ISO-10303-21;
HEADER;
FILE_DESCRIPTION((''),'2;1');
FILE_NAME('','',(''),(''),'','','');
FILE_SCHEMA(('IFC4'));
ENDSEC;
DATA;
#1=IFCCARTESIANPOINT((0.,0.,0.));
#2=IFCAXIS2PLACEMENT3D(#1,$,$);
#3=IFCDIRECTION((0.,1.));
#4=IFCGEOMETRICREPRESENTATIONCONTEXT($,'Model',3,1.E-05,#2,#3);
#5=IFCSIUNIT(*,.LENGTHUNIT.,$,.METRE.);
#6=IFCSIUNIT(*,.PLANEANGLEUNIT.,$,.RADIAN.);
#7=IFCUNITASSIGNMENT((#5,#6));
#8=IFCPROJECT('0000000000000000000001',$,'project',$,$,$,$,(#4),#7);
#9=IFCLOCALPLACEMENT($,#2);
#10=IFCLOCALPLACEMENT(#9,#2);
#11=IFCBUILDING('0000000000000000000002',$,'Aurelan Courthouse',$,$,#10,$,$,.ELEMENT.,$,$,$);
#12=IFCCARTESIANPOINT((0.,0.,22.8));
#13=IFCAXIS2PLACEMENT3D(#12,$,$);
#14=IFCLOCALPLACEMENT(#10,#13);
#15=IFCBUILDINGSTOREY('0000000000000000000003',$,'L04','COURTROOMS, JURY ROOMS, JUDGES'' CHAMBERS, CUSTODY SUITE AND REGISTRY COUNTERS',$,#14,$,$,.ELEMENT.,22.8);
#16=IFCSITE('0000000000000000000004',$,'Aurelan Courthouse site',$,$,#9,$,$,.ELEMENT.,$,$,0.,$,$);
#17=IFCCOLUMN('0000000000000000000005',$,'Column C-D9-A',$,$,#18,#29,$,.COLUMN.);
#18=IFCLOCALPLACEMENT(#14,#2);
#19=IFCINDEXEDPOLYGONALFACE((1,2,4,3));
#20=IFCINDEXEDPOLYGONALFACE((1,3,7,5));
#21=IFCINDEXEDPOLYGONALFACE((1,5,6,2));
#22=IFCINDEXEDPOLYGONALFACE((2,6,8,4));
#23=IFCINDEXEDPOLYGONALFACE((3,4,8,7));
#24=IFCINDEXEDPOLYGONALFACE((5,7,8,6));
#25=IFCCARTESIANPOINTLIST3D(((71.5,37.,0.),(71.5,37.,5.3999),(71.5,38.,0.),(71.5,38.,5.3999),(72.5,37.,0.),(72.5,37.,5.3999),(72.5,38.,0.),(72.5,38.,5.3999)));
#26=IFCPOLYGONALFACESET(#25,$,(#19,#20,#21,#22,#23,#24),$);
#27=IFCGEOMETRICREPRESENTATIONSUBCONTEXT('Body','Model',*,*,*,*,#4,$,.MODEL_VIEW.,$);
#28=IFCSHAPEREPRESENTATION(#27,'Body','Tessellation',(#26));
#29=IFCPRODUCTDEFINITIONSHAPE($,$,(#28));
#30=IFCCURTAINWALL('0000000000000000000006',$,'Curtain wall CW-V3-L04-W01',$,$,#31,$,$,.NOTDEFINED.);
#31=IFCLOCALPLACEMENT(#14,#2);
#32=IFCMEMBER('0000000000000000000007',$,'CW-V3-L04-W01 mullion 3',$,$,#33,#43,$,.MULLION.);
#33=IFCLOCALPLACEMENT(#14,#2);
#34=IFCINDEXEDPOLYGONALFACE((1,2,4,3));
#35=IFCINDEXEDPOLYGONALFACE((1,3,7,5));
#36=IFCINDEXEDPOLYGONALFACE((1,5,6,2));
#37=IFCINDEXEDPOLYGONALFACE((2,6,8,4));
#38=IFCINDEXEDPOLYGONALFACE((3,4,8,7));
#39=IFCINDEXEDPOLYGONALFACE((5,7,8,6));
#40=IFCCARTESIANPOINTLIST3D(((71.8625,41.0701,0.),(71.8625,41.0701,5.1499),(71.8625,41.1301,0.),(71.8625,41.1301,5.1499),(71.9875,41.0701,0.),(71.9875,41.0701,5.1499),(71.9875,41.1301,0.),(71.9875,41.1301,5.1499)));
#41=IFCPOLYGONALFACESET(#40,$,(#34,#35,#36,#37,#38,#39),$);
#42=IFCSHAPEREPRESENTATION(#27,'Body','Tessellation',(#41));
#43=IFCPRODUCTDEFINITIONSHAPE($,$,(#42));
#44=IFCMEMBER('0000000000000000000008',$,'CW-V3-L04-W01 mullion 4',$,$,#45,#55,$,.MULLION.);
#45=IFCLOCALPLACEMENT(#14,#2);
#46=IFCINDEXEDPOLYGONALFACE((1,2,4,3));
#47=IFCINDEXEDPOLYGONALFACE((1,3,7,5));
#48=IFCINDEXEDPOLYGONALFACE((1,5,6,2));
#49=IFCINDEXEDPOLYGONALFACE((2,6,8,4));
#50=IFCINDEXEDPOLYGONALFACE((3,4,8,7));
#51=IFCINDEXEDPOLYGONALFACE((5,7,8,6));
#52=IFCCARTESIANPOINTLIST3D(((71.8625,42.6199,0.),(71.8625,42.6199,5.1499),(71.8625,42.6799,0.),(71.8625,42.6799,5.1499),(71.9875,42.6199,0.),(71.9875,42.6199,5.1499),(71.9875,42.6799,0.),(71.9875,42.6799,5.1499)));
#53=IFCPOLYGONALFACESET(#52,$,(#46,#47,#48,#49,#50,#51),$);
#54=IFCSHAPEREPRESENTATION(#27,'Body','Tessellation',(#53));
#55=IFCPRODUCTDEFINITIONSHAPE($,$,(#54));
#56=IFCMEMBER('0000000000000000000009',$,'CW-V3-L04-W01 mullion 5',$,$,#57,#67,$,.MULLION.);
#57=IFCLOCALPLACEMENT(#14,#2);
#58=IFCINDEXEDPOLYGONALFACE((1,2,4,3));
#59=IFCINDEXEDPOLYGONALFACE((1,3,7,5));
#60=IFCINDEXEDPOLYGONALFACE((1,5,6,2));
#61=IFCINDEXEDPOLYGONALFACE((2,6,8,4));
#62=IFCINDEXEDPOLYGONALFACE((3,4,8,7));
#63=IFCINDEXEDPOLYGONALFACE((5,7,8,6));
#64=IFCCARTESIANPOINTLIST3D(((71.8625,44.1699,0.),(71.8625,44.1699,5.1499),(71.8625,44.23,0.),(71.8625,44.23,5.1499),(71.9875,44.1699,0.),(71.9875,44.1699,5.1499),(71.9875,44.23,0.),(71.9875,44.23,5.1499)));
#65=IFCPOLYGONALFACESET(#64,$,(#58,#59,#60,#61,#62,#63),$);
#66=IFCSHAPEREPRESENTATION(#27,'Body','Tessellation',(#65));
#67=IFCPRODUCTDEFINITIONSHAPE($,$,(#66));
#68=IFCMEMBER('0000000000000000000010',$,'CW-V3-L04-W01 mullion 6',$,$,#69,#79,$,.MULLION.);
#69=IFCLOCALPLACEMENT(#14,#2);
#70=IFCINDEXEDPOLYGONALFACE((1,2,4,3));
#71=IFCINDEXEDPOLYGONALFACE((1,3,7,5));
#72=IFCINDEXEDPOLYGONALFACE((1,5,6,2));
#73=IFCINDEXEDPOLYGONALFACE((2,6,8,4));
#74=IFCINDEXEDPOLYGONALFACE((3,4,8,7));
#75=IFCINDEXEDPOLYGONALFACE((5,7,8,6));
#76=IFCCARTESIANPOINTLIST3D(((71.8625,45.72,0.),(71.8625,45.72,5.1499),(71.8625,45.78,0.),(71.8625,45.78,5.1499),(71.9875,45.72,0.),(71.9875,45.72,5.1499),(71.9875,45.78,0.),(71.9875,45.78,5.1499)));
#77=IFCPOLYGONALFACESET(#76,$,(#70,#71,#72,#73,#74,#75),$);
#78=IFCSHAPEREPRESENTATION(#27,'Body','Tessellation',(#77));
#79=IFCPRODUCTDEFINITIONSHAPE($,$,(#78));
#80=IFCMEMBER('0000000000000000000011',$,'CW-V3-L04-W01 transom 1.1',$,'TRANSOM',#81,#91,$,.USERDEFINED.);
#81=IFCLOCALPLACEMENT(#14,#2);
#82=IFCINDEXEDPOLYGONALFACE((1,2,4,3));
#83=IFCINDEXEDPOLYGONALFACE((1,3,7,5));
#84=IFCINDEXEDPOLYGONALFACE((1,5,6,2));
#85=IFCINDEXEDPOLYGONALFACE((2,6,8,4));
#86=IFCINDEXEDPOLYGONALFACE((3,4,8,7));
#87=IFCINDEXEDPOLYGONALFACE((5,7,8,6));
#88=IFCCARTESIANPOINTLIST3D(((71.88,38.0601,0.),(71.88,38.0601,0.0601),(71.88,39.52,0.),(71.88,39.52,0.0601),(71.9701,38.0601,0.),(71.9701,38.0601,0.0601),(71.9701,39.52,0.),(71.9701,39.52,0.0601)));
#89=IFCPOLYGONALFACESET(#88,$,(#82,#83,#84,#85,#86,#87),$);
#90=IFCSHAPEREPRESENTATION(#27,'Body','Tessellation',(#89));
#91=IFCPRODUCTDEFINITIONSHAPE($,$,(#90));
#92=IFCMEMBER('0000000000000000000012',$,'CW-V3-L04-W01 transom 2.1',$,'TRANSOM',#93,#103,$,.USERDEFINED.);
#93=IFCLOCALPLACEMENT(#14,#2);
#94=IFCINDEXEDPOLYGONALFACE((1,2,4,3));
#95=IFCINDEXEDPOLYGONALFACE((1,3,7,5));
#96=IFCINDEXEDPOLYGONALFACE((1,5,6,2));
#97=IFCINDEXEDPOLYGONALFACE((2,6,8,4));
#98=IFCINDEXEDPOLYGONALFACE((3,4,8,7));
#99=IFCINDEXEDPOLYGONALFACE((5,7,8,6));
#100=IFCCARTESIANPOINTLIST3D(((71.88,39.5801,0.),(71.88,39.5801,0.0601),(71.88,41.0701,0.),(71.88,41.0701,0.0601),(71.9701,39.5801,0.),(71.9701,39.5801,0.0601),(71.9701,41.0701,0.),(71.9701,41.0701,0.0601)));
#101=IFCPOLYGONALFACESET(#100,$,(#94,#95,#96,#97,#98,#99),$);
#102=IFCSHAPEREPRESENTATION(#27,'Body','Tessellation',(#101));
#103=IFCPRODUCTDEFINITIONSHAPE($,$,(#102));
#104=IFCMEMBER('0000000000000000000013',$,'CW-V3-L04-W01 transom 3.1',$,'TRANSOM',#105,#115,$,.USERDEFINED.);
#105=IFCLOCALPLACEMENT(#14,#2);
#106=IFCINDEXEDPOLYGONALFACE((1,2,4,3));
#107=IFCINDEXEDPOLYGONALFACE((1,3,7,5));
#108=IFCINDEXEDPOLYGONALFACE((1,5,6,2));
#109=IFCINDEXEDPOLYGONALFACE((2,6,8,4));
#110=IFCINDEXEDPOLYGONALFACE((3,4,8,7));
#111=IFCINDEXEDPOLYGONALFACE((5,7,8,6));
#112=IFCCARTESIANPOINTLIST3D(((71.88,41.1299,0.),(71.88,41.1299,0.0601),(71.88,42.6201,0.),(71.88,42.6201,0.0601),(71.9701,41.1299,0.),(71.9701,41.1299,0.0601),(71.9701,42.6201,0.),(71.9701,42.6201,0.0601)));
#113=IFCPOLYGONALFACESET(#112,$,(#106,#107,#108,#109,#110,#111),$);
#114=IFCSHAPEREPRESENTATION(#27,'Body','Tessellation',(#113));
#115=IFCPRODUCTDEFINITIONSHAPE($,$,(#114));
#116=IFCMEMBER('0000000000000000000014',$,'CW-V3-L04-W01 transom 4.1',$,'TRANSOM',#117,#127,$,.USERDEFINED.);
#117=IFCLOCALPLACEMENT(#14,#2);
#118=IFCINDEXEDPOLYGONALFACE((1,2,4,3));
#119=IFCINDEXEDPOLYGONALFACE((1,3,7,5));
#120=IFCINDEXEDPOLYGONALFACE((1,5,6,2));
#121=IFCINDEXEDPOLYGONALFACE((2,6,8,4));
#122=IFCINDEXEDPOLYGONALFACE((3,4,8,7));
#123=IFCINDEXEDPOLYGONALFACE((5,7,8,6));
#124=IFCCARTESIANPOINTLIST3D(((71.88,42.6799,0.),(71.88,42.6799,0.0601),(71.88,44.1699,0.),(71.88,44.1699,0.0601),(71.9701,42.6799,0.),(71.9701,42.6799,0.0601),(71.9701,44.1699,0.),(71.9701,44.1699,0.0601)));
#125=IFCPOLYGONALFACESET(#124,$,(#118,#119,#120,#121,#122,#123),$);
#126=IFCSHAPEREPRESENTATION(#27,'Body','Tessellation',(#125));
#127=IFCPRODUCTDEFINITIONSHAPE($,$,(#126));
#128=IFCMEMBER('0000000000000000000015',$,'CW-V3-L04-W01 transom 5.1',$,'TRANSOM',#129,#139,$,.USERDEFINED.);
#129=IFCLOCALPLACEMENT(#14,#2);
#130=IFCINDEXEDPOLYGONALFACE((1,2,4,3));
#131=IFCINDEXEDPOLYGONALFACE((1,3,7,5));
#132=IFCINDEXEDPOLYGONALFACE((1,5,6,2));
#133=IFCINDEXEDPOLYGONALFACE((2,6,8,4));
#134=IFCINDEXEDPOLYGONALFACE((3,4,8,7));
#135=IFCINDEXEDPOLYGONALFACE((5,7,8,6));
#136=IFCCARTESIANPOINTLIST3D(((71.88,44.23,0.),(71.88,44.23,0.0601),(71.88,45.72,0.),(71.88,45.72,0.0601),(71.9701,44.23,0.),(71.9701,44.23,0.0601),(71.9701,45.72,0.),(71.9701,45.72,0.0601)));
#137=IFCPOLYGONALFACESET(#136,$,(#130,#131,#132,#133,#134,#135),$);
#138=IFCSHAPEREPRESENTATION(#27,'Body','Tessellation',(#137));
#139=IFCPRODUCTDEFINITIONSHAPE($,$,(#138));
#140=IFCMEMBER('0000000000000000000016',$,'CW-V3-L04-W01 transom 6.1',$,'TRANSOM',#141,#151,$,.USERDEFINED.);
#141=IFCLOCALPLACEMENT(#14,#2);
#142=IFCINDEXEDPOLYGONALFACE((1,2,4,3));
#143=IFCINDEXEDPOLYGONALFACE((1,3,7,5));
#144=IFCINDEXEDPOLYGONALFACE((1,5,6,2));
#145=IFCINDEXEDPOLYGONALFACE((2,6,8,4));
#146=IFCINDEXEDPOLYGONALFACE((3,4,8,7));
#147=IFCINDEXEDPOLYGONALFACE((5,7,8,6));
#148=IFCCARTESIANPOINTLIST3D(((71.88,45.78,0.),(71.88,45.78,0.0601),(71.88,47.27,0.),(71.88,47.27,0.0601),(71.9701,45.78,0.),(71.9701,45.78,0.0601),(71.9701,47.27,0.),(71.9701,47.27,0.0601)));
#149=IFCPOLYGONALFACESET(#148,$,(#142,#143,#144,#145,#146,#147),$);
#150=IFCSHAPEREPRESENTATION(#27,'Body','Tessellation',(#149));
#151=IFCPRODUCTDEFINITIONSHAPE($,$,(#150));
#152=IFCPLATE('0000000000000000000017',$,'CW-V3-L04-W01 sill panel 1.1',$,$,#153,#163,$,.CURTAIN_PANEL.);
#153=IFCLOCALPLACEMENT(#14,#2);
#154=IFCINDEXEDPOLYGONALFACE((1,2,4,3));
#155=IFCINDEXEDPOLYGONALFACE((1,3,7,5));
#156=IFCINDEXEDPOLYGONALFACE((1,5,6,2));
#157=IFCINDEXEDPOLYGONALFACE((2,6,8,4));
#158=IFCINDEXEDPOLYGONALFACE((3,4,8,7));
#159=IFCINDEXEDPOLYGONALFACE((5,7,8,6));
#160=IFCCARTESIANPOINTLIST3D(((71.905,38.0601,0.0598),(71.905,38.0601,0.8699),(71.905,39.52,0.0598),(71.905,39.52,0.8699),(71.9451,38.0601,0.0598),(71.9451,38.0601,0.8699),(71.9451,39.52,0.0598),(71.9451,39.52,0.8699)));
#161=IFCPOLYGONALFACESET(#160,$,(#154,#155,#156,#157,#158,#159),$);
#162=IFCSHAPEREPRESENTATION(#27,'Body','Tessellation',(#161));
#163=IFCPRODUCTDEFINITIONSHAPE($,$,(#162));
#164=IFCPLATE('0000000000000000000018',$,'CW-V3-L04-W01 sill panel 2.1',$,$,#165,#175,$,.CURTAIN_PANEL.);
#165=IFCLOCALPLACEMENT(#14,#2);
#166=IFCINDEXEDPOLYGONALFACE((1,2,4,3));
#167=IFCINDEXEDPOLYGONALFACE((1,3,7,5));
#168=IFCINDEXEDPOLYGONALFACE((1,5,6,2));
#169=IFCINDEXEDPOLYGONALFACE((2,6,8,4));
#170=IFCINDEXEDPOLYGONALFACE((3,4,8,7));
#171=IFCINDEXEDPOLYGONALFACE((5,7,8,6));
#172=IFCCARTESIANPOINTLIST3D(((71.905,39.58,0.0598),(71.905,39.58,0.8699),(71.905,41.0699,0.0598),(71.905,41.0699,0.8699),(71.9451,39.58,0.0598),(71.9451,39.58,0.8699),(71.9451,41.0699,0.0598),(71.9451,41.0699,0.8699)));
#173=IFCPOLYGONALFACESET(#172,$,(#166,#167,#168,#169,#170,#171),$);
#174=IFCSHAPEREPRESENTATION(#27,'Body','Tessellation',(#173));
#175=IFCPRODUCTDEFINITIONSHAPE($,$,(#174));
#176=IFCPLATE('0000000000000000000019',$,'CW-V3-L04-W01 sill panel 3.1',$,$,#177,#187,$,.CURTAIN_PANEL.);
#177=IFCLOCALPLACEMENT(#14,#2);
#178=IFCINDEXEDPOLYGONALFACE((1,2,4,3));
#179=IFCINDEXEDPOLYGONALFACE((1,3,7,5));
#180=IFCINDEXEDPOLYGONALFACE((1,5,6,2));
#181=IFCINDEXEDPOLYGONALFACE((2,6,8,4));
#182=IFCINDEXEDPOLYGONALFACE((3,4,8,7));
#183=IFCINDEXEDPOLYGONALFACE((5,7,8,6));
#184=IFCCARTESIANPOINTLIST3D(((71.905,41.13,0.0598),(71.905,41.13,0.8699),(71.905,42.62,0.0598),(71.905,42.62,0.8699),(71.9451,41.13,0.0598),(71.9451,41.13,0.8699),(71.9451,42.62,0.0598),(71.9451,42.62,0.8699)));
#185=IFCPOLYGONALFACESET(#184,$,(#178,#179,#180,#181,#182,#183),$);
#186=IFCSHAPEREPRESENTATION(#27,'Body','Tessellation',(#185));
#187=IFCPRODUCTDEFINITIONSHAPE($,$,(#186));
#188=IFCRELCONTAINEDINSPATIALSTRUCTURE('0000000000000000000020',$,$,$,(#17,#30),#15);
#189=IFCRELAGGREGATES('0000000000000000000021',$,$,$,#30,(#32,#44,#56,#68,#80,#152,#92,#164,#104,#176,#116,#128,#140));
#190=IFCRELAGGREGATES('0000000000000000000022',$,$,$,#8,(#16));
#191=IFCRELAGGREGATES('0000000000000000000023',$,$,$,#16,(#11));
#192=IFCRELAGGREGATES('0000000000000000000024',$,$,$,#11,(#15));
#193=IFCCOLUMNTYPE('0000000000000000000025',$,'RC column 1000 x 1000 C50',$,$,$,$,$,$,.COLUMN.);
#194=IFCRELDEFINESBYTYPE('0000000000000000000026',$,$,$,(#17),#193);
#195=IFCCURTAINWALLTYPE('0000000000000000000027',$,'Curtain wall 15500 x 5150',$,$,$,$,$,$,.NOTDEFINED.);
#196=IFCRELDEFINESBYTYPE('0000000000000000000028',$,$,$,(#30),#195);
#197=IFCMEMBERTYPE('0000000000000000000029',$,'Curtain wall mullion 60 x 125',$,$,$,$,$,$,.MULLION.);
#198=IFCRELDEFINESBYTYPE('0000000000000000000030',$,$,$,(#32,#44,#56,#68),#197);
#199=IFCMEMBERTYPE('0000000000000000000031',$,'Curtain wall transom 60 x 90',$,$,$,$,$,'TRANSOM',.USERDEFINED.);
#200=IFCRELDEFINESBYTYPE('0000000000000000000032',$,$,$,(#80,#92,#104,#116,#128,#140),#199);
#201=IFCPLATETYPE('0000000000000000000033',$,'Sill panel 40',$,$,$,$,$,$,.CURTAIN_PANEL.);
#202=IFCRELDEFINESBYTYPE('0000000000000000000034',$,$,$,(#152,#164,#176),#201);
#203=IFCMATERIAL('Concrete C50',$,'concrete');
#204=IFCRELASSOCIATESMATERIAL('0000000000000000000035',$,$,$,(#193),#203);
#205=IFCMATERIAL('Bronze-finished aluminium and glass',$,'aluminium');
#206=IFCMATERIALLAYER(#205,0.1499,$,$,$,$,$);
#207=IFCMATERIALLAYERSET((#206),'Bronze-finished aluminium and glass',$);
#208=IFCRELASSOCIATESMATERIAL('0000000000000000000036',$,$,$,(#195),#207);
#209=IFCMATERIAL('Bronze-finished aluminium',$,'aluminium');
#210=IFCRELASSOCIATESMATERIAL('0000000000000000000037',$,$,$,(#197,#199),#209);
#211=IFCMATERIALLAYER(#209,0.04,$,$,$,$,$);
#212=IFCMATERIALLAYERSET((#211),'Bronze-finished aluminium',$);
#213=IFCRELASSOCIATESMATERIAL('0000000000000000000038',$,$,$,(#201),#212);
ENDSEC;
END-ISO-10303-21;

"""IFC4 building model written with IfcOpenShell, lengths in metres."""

from ifc_helpers import new_model, si_unit, direction, frame, origin, origin_2d, place, context, subcontext, project, spatial, rectangle, extrude, material, layer, layer_set, material_profile, profile_set, type_object, element, aggregate, save


model = new_model("IFC4")

# Units and contexts
model_context = context("Model", 3, precision=1e-05, world=origin(), true_north=direction((0.0, 1.0)))
body_context = subcontext(model_context, "Body", "Model", "MODEL_VIEW")
ifc_project = project(units=[si_unit("LENGTHUNIT", "METRE"), si_unit("PLANEANGLEUNIT", "RADIAN")], contexts=[model_context])

# Site, building, storey
site_placement = place(None, origin())
site = spatial("IfcSite", under=ifc_project, at=site_placement, Name="Aurelan Courthouse site", CompositionType="ELEMENT", RefElevation=0.0)
building_placement = place(site_placement, origin())
building = spatial("IfcBuilding", under=site, at=building_placement, Name="Aurelan Courthouse", CompositionType="ELEMENT")
storey_placement = place(building_placement, frame((0.0, 0.0, 22.8)))
storey = spatial("IfcBuildingStorey", under=building, at=storey_placement, Name="L04", Description="COURTROOMS, JURY ROOMS, JUDGES' CHAMBERS, CUSTODY SUITE AND REGISTRY COUNTERS", CompositionType="ELEMENT", Elevation=22.8)

# Column
ifc_material_1 = material(Name="Concrete C50", Category="concrete")
ifc_material_profile_1 = material_profile(ifc_material_1, rectangle(XDim=1.0, YDim=1.0, at=origin_2d()), Name="RC 1000 x 1000")
ifc_profile_set_1 = profile_set([ifc_material_profile_1], Name="Concrete C50")
column_type = type_object("IfcColumnType", Name="RC column 1000 x 1000 C50", PredefinedType="COLUMN", material=ifc_profile_set_1)
column_placement = place(storey_placement, frame((72.0, 37.5, 0.0), z_axis=(0.0, 0.0, 1.0), x_axis=(1.0, 0.0, 0.0)))
element("IfcColumn", 1, at=column_placement, inside=storey, type_object=column_type, Name="Column C-D9-A", PredefinedType="COLUMN", context=body_context, shape_type="SweptSolid", body=[
    extrude(rectangle(XDim=1.0, YDim=1.0, at=origin_2d()), origin(), (0.0, 0.0, 1.0), 5.3999),
])

# Curtain wall, members, plates
ifc_material_2 = material(Name="Bronze-finished aluminium and glass", Category="aluminium")
ifc_layer_1 = layer(ifc_material_2, 0.1499)
ifc_layer_set_1 = layer_set([ifc_layer_1], Name="Bronze-finished aluminium and glass")
curtain_wall_type = type_object("IfcCurtainWallType", Name="Curtain wall 15500 x 5150", PredefinedType="NOTDEFINED", material=ifc_layer_set_1)
curtain_wall_placement = place(storey_placement, origin())
curtain_wall = element("IfcCurtainWall", 2, at=curtain_wall_placement, inside=storey, type_object=curtain_wall_type, Name="Curtain wall CW-V3-L04-W01", PredefinedType="NOTDEFINED")
ifc_material_3 = material(Name="Bronze-finished aluminium", Category="aluminium")
ifc_material_profile_2 = material_profile(ifc_material_3, rectangle(XDim=0.125, YDim=0.0601, at=origin_2d()), Name="Bronze mullion 60 x 125")
ifc_profile_set_2 = profile_set([ifc_material_profile_2], Name="Bronze-finished aluminium")
member_type_1 = type_object("IfcMemberType", Name="Curtain wall mullion 60 x 125", PredefinedType="MULLION", material=ifc_profile_set_2)
member_1_placement = place(storey_placement, frame((71.925, 41.1001, 0.0), z_axis=(0.0, 0.0, 1.0), x_axis=(-1.0, 0.0, 0.0)))
member_1 = element("IfcMember", 3, at=member_1_placement, type_object=member_type_1, Name="CW-V3-L04-W01 mullion 3", PredefinedType="MULLION", context=body_context, shape_type="SweptSolid", body=[
    extrude(rectangle(XDim=0.125, YDim=0.0601, at=origin_2d()), origin(), (0.0, 0.0, 1.0), 5.1499),
])
member_2_placement = place(storey_placement, frame((71.925, 42.6499, 0.0), z_axis=(0.0, 0.0, 1.0), x_axis=(-1.0, 0.0, 0.0)))
member_2 = element("IfcMember", 4, at=member_2_placement, type_object=member_type_1, Name="CW-V3-L04-W01 mullion 4", PredefinedType="MULLION", context=body_context, shape_type="SweptSolid", body=[
    extrude(rectangle(XDim=0.125, YDim=0.0601, at=origin_2d()), origin(), (0.0, 0.0, 1.0), 5.1499),
])
member_3_placement = place(storey_placement, frame((71.925, 44.2, 0.0), z_axis=(0.0, 0.0, 1.0), x_axis=(-1.0, 0.0, 0.0)))
member_3 = element("IfcMember", 5, at=member_3_placement, type_object=member_type_1, Name="CW-V3-L04-W01 mullion 5", PredefinedType="MULLION", context=body_context, shape_type="SweptSolid", body=[
    extrude(rectangle(XDim=0.125, YDim=0.0601, at=origin_2d()), origin(), (0.0, 0.0, 1.0), 5.1499),
])
member_4_placement = place(storey_placement, frame((71.925, 45.75, 0.0), z_axis=(0.0, 0.0, 1.0), x_axis=(-1.0, 0.0, 0.0)))
member_4 = element("IfcMember", 6, at=member_4_placement, type_object=member_type_1, Name="CW-V3-L04-W01 mullion 6", PredefinedType="MULLION", context=body_context, shape_type="SweptSolid", body=[
    extrude(rectangle(XDim=0.125, YDim=0.0601, at=origin_2d()), origin(), (0.0, 0.0, 1.0), 5.1499),
])
ifc_material_profile_3 = material_profile(ifc_material_3, rectangle(XDim=0.0901, YDim=0.0601, at=origin_2d()), Name="Bronze transom 60 x 90")
ifc_profile_set_3 = profile_set([ifc_material_profile_3], Name="Bronze-finished aluminium")
member_type_2 = type_object("IfcMemberType", Name="Curtain wall transom 60 x 90", ElementType="TRANSOM", PredefinedType="USERDEFINED", material=ifc_profile_set_3)
member_5_placement = place(storey_placement, frame((71.925, 38.0601, 0.03), z_axis=(0.0, 1.0, 0.0), x_axis=(-1.0, 0.0, 0.0)))
member_5 = element("IfcMember", 7, at=member_5_placement, type_object=member_type_2, Name="CW-V3-L04-W01 transom 1.1", ObjectType="TRANSOM", PredefinedType="USERDEFINED", context=body_context, shape_type="SweptSolid", body=[
    extrude(rectangle(XDim=0.0901, YDim=0.0601, at=origin_2d()), origin(), (0.0, 0.0, 1.0), 1.46),
])
member_6_placement = place(storey_placement, frame((71.925, 39.5801, 0.03), z_axis=(0.0, 1.0, 0.0), x_axis=(-1.0, 0.0, 0.0)))
member_6 = element("IfcMember", 8, at=member_6_placement, type_object=member_type_2, Name="CW-V3-L04-W01 transom 2.1", ObjectType="TRANSOM", PredefinedType="USERDEFINED", context=body_context, shape_type="SweptSolid", body=[
    extrude(rectangle(XDim=0.0901, YDim=0.0601, at=origin_2d()), origin(), (0.0, 0.0, 1.0), 1.49),
])
member_7_placement = place(storey_placement, frame((71.925, 41.1299, 0.03), z_axis=(0.0, 1.0, 0.0), x_axis=(-1.0, 0.0, 0.0)))
member_7 = element("IfcMember", 9, at=member_7_placement, type_object=member_type_2, Name="CW-V3-L04-W01 transom 3.1", ObjectType="TRANSOM", PredefinedType="USERDEFINED", context=body_context, shape_type="SweptSolid", body=[
    extrude(rectangle(XDim=0.0901, YDim=0.0601, at=origin_2d()), origin(), (0.0, 0.0, 1.0), 1.4902),
])
member_8_placement = place(storey_placement, frame((71.925, 42.6799, 0.03), z_axis=(0.0, 1.0, 0.0), x_axis=(-1.0, 0.0, 0.0)))
member_8 = element("IfcMember", 10, at=member_8_placement, type_object=member_type_2, Name="CW-V3-L04-W01 transom 4.1", ObjectType="TRANSOM", PredefinedType="USERDEFINED", context=body_context, shape_type="SweptSolid", body=[
    extrude(rectangle(XDim=0.0901, YDim=0.0601, at=origin_2d()), origin(), (0.0, 0.0, 1.0), 1.49),
])
member_9_placement = place(storey_placement, frame((71.925, 44.23, 0.03), z_axis=(0.0, 1.0, 0.0), x_axis=(-1.0, 0.0, 0.0)))
member_9 = element("IfcMember", 11, at=member_9_placement, type_object=member_type_2, Name="CW-V3-L04-W01 transom 5.1", ObjectType="TRANSOM", PredefinedType="USERDEFINED", context=body_context, shape_type="SweptSolid", body=[
    extrude(rectangle(XDim=0.0901, YDim=0.0601, at=origin_2d()), origin(), (0.0, 0.0, 1.0), 1.49),
])
member_10_placement = place(storey_placement, frame((71.925, 45.78, 0.03), z_axis=(0.0, 1.0, 0.0), x_axis=(-1.0, 0.0, 0.0)))
member_10 = element("IfcMember", 12, at=member_10_placement, type_object=member_type_2, Name="CW-V3-L04-W01 transom 6.1", ObjectType="TRANSOM", PredefinedType="USERDEFINED", context=body_context, shape_type="SweptSolid", body=[
    extrude(rectangle(XDim=0.0901, YDim=0.0601, at=origin_2d()), origin(), (0.0, 0.0, 1.0), 1.49),
])
ifc_layer_2 = layer(ifc_material_3, 0.04)
ifc_layer_set_2 = layer_set([ifc_layer_2], Name="Bronze-finished aluminium")
plate_type = type_object("IfcPlateType", Name="Sill panel 40", PredefinedType="CURTAIN_PANEL", material=ifc_layer_set_2)
plate_1_placement = place(storey_placement, frame((71.925, 38.79, 0.0598), z_axis=(0.0, 0.0, 1.0), x_axis=(0.0, 1.0, 0.0)))
plate_1 = element("IfcPlate", 13, at=plate_1_placement, type_object=plate_type, Name="CW-V3-L04-W01 sill panel 1.1", PredefinedType="CURTAIN_PANEL", context=body_context, shape_type="SweptSolid", body=[
    extrude(rectangle(XDim=1.46, YDim=0.04, at=origin_2d()), origin(), (0.0, 0.0, 1.0), 0.8101),
])
plate_2_placement = place(storey_placement, frame((71.925, 40.325, 0.0598), z_axis=(0.0, 0.0, 1.0), x_axis=(0.0, 1.0, 0.0)))
plate_2 = element("IfcPlate", 14, at=plate_2_placement, type_object=plate_type, Name="CW-V3-L04-W01 sill panel 2.1", PredefinedType="CURTAIN_PANEL", context=body_context, shape_type="SweptSolid", body=[
    extrude(rectangle(XDim=1.49, YDim=0.04, at=origin_2d()), origin(), (0.0, 0.0, 1.0), 0.8101),
])
plate_3_placement = place(storey_placement, frame((71.925, 41.875, 0.0598), z_axis=(0.0, 0.0, 1.0), x_axis=(0.0, 1.0, 0.0)))
plate_3 = element("IfcPlate", 15, at=plate_3_placement, type_object=plate_type, Name="CW-V3-L04-W01 sill panel 3.1", PredefinedType="CURTAIN_PANEL", context=body_context, shape_type="SweptSolid", body=[
    extrude(rectangle(XDim=1.49, YDim=0.04, at=origin_2d()), origin(), (0.0, 0.0, 1.0), 0.8101),
])
aggregate(curtain_wall, [member_1, member_2, member_3, member_4, member_5, plate_1, member_6, plate_2, member_7, plate_3, member_8, member_9, member_10])

save(model, "model.ifc")
